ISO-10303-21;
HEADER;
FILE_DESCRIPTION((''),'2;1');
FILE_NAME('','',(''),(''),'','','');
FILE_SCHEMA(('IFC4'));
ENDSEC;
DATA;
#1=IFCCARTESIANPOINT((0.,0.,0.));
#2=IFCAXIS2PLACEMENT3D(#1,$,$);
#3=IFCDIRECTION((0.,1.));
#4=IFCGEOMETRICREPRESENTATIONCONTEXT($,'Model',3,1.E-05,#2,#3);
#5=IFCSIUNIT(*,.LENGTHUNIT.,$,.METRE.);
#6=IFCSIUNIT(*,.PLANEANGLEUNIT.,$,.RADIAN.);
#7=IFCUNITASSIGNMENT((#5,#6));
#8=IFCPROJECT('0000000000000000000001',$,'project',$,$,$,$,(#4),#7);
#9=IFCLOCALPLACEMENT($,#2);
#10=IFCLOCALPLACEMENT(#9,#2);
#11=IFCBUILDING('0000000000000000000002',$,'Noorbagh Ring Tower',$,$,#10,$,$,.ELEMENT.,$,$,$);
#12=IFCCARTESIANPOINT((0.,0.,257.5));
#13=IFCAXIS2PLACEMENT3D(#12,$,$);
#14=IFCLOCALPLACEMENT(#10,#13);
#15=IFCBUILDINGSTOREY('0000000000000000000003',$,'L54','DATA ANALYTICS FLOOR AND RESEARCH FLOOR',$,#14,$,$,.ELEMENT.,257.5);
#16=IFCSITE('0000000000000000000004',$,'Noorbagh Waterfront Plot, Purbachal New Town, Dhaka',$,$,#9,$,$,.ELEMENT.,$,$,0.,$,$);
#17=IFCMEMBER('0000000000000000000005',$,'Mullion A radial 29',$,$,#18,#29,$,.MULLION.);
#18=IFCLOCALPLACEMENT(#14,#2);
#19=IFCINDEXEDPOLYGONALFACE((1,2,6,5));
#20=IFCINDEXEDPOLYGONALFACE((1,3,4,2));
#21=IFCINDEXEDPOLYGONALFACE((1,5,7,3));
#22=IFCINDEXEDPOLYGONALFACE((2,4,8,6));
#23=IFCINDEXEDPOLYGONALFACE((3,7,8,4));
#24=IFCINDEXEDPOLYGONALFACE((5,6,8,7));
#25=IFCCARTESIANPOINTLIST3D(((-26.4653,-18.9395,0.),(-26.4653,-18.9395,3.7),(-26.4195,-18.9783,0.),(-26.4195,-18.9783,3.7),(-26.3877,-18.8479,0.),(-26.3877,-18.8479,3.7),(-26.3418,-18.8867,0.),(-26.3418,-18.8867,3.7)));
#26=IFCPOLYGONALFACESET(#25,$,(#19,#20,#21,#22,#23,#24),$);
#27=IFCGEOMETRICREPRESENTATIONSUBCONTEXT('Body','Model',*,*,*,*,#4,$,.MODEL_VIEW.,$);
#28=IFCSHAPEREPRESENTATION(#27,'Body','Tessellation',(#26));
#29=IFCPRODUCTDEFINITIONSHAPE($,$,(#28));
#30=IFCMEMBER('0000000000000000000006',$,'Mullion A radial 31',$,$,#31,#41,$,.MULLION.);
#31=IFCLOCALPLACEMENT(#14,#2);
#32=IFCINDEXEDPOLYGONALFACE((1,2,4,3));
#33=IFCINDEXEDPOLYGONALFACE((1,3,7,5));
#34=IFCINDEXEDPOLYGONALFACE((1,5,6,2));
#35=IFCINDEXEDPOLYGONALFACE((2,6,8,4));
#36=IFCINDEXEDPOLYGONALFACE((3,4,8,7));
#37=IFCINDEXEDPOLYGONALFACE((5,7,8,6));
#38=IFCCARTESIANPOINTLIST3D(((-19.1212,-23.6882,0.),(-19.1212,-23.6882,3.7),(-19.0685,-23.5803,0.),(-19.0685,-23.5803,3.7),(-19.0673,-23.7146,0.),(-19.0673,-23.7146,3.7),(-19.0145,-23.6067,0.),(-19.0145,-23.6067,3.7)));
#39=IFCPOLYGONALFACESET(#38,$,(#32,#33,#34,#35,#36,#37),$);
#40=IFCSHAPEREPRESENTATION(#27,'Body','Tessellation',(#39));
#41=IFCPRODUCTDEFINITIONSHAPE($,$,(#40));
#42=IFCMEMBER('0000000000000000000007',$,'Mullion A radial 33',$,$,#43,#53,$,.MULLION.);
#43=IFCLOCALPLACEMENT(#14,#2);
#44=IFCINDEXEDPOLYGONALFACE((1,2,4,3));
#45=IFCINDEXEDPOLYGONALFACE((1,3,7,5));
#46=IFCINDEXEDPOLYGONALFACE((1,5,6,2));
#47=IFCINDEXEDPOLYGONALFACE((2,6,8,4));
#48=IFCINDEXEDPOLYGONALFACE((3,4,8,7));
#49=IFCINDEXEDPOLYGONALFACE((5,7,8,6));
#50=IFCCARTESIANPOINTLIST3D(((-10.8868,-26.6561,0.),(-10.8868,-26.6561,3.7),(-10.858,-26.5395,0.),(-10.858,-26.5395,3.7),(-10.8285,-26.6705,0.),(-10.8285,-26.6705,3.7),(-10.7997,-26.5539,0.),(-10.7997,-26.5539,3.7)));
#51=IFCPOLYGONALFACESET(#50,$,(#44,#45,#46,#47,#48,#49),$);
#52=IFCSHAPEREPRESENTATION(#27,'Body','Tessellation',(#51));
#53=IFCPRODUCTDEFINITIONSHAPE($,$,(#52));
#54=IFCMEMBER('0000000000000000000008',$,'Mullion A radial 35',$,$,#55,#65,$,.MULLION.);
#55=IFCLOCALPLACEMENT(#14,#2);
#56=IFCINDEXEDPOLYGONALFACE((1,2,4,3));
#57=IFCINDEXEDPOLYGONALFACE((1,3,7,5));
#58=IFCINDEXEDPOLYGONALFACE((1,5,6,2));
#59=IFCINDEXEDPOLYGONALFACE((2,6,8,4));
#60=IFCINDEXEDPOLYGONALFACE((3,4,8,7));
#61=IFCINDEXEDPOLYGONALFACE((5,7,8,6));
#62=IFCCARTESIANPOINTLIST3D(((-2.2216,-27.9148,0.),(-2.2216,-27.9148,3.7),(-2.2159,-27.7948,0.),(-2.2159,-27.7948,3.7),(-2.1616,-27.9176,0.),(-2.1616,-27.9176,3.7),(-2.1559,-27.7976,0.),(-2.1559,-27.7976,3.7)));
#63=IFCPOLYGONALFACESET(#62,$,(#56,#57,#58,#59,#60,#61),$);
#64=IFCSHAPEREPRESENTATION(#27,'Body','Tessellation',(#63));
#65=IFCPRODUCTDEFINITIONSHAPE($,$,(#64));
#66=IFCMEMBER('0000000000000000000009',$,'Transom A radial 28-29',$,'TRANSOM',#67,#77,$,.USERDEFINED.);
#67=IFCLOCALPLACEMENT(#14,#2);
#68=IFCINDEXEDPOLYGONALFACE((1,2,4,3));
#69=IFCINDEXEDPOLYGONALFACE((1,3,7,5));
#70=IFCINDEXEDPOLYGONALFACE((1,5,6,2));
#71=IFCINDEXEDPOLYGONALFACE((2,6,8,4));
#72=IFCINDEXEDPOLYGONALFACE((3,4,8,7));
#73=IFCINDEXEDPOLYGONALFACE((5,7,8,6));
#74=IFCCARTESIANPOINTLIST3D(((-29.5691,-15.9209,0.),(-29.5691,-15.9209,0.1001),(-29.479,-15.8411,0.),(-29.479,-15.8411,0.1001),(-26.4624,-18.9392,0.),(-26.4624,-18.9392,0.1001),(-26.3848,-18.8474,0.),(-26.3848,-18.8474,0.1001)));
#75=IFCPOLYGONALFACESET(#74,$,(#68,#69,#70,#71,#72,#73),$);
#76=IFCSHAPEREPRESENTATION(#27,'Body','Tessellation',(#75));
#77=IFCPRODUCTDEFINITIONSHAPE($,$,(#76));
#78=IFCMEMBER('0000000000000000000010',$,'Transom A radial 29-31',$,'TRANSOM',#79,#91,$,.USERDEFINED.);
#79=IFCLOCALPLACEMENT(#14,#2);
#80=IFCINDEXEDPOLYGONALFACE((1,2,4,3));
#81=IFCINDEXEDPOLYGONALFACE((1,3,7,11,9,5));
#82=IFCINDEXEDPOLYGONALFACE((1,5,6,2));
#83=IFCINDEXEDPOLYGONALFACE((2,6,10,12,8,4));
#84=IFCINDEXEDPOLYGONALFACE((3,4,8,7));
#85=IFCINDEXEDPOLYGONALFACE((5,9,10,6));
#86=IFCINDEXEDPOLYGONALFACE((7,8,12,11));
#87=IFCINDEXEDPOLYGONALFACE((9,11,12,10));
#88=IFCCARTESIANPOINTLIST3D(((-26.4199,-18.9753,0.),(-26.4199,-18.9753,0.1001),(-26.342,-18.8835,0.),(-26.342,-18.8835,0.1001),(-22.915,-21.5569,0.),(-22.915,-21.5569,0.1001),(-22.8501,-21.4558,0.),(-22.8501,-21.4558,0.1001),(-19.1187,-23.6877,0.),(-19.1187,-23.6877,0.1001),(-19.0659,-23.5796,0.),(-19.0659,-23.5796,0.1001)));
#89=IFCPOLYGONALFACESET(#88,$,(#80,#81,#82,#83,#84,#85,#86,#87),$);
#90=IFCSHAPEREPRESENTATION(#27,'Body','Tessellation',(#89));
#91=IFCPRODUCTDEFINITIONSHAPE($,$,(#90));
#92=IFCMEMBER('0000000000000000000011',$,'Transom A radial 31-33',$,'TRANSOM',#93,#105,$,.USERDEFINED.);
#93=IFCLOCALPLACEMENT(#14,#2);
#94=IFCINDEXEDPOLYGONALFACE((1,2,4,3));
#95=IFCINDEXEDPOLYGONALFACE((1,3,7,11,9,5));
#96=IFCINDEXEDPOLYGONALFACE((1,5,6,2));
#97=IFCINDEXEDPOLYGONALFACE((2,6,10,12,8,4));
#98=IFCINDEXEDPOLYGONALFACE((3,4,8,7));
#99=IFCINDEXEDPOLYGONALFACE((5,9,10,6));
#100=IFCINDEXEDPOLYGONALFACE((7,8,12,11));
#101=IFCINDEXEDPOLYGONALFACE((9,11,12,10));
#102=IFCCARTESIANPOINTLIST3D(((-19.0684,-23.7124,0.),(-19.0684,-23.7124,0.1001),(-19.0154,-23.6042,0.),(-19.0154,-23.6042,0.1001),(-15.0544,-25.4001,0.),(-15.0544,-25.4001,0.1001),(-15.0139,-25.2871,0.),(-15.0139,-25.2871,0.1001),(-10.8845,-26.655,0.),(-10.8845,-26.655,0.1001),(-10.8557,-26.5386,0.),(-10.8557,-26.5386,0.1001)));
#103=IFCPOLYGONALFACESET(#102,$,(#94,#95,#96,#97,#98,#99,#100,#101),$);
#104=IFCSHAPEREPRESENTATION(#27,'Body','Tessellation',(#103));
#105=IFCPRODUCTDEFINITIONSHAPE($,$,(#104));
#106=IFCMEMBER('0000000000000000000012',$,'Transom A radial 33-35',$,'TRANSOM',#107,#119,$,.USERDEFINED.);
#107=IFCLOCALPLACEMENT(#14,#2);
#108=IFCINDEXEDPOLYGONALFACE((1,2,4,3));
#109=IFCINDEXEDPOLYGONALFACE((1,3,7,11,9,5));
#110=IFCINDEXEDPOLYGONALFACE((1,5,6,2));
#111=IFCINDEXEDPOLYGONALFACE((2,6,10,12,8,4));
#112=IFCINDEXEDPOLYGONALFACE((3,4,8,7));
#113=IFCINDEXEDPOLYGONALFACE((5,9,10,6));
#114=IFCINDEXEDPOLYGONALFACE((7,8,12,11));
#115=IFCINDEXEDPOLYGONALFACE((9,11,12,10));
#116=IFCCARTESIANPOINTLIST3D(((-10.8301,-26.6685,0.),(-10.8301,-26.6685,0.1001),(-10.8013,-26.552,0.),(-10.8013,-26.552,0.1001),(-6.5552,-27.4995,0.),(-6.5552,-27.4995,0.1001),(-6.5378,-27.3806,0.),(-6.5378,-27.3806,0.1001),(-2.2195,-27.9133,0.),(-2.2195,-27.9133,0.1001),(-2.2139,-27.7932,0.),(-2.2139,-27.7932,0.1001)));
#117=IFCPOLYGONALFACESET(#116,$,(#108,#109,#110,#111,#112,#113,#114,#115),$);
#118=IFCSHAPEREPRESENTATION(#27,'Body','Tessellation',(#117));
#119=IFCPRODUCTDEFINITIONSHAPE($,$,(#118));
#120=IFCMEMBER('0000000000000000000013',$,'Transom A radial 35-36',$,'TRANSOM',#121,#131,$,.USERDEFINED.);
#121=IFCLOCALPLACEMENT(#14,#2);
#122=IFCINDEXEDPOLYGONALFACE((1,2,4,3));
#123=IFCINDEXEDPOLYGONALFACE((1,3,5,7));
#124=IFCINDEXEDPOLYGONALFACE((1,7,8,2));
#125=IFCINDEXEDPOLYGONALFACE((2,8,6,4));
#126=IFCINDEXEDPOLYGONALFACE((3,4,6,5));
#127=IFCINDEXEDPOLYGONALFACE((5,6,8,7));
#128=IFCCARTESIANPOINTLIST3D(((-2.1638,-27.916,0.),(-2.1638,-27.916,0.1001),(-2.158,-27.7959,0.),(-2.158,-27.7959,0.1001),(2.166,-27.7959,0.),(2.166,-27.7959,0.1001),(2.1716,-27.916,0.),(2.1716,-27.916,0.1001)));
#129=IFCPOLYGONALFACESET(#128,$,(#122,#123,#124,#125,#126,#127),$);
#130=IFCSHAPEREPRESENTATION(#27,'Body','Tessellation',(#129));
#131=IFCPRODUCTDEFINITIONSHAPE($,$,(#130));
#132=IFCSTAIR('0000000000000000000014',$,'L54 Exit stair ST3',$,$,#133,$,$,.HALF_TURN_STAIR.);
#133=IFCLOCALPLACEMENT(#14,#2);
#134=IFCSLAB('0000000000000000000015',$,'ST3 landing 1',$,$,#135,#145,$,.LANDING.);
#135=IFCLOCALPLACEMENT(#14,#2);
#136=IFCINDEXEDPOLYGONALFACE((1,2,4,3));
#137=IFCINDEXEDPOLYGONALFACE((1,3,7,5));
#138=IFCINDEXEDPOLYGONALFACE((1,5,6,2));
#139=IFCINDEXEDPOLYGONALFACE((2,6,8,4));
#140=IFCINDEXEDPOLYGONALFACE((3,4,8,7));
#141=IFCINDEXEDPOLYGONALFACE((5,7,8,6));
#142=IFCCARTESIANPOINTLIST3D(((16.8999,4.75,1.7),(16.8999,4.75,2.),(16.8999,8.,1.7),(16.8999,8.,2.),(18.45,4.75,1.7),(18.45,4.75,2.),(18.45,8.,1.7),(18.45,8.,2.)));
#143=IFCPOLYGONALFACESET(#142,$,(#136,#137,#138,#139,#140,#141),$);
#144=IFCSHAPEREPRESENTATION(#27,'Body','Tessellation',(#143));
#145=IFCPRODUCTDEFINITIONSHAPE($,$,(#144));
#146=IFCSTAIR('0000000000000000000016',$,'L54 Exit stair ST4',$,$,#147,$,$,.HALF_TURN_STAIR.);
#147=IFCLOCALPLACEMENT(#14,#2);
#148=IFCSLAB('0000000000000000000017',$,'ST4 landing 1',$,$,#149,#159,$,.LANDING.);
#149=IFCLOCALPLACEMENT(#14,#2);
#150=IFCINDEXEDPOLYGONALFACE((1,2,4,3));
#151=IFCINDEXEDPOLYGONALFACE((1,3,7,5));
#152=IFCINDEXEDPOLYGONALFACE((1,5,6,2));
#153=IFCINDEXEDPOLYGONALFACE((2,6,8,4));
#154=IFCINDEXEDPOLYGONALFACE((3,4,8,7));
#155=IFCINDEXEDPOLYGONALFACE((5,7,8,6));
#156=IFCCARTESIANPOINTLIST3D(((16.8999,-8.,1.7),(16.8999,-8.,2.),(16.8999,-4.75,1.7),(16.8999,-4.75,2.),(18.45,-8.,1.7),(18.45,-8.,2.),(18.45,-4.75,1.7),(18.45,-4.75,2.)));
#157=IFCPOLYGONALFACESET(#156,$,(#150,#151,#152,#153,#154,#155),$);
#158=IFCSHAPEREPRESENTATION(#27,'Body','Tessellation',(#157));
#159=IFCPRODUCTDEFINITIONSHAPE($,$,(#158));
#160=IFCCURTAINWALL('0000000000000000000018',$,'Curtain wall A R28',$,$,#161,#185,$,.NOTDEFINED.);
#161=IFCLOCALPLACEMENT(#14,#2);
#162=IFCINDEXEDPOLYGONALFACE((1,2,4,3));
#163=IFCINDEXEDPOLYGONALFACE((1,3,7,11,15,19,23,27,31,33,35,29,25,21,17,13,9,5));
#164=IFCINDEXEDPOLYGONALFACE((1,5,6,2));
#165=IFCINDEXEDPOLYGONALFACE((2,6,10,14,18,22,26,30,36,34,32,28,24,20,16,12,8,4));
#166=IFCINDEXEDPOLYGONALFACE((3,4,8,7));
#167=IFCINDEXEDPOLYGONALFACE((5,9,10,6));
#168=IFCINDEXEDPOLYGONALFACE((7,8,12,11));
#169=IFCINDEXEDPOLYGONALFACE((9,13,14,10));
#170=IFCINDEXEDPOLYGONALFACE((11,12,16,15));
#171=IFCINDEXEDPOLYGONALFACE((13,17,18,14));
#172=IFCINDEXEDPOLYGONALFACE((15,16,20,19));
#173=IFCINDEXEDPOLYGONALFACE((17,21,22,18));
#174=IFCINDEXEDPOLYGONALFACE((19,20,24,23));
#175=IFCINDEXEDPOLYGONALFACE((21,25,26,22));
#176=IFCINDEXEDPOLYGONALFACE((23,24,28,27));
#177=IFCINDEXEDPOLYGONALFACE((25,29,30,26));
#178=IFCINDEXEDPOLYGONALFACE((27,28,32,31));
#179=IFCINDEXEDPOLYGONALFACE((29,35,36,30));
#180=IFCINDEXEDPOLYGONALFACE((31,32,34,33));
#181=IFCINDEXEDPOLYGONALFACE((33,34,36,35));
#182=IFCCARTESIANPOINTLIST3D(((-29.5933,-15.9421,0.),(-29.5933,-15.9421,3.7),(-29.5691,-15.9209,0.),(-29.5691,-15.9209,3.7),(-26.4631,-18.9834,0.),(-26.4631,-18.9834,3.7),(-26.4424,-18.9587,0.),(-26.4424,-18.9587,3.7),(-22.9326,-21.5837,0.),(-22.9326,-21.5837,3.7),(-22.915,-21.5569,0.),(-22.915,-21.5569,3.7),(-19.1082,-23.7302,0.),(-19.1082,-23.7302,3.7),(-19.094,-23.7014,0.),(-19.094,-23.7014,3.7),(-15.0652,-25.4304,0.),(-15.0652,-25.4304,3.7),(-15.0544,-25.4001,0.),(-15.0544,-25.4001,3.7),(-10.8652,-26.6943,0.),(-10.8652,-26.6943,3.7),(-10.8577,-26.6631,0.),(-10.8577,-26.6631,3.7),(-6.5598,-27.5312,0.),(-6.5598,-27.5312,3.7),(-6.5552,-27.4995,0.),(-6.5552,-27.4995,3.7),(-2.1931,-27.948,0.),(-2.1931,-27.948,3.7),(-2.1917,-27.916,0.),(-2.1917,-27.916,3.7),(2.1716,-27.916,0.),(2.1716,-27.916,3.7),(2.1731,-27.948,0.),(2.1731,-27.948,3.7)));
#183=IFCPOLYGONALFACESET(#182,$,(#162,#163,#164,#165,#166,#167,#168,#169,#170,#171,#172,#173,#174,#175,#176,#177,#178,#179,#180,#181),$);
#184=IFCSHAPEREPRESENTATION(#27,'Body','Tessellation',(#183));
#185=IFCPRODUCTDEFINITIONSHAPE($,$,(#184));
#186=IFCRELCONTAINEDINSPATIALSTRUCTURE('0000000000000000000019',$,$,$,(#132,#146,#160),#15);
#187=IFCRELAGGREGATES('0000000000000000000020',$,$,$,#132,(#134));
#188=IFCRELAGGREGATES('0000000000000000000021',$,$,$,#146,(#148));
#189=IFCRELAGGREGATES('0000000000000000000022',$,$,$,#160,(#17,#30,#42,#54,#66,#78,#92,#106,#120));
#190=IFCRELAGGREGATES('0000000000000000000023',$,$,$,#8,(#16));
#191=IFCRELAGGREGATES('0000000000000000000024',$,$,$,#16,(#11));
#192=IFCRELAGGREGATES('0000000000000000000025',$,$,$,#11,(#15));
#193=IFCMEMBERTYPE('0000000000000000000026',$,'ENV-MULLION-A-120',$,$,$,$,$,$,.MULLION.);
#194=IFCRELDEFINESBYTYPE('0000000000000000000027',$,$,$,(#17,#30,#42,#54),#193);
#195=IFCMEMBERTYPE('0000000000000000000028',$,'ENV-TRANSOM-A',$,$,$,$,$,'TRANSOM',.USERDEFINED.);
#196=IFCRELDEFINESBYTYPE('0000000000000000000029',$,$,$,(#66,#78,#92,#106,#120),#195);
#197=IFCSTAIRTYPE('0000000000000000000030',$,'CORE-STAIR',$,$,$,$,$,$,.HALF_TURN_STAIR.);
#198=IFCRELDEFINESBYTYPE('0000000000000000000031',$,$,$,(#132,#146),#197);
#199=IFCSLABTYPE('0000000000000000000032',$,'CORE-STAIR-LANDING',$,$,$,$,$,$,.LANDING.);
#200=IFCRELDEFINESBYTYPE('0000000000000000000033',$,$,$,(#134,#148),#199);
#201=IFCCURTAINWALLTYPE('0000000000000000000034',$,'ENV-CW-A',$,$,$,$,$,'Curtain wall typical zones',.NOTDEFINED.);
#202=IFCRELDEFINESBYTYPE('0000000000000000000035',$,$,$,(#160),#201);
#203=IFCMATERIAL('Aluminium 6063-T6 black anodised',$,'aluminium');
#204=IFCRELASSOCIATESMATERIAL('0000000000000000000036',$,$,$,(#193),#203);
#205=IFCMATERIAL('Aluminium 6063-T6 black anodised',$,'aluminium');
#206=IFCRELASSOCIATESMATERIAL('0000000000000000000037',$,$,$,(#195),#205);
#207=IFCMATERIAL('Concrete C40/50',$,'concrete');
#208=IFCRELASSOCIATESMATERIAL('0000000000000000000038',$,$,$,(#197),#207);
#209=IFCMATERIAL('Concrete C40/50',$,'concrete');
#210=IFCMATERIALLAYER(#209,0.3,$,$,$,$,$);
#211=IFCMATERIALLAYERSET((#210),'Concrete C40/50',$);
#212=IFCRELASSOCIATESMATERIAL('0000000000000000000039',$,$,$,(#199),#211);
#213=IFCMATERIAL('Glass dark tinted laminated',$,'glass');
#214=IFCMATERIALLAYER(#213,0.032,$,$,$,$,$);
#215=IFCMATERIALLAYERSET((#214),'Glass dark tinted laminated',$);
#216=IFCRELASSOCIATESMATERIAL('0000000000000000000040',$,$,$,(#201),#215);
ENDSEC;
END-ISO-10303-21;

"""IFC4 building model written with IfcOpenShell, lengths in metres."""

from ifc_helpers import new_model, si_unit, direction, frame, origin, origin_2d, place, context, subcontext, project, spatial, polyline, rectangle, outline, extrude, material, layer, layer_set, material_profile, profile_set, type_object, element, aggregate, save


model = new_model("IFC4")

# Units and contexts
model_context = context("Model", 3, precision=1e-05, world=origin(), true_north=direction((0.0, 1.0)))
body_context = subcontext(model_context, "Body", "Model", "MODEL_VIEW")
ifc_project = project(units=[si_unit("LENGTHUNIT", "METRE"), si_unit("PLANEANGLEUNIT", "RADIAN")], contexts=[model_context])

# Members
ifc_material_1 = material(Name="Aluminium 6063-T6 black anodised", Category="aluminium")
ifc_material_profile = material_profile(ifc_material_1, rectangle(XDim=0.1201, YDim=0.0601, at=origin_2d()), Name="120x60")
ifc_profile_set = profile_set([ifc_material_profile], Name="Aluminium 6063-T6 black anodised")
member_type_1 = type_object("IfcMemberType", Name="ENV-MULLION-A-120", PredefinedType="MULLION", material=ifc_profile_set)
site_placement = place(None, origin())
building_placement = place(site_placement, origin())
storey_placement = place(building_placement, frame((0.0, 0.0, 257.5)))
member_1_placement = place(storey_placement, frame((-26.4036, -18.9131, 0.0), z_axis=(0.0, 0.0, 1.0), x_axis=(0.646451, 0.762955, 0.0)))
member_1 = element("IfcMember", 1, at=member_1_placement, type_object=member_type_1, Name="Mullion A radial 29", PredefinedType="MULLION", context=body_context, shape_type="SweptSolid", body=[
    extrude(rectangle(XDim=0.1201, YDim=0.0601, at=origin_2d()), origin(), (0.0, 0.0, 1.0), 3.7),
])
member_2_placement = place(storey_placement, frame((-19.0679, -23.6475, 0.0), z_axis=(0.0, 0.0, 1.0), x_axis=(0.439238, 0.898371, 0.0)))
member_2 = element("IfcMember", 2, at=member_2_placement, type_object=member_type_1, Name="Mullion A radial 31", PredefinedType="MULLION", context=body_context, shape_type="SweptSolid", body=[
    extrude(rectangle(XDim=0.1201, YDim=0.0601, at=origin_2d()), origin(), (0.0, 0.0, 1.0), 3.7),
])
member_3_placement = place(storey_placement, frame((-10.8433, -26.605, 0.0), z_axis=(0.0, 0.0, 1.0), x_axis=(0.239799, 0.970823, 0.0)))
member_3 = element("IfcMember", 3, at=member_3_placement, type_object=member_type_1, Name="Mullion A radial 33", PredefinedType="MULLION", context=body_context, shape_type="SweptSolid", body=[
    extrude(rectangle(XDim=0.1201, YDim=0.0601, at=origin_2d()), origin(), (0.0, 0.0, 1.0), 3.7),
])
member_4_placement = place(storey_placement, frame((-2.1887, -27.8562, 0.0), z_axis=(0.0, 0.0, 1.0), x_axis=(0.047558, 0.998868, 0.0)))
member_4 = element("IfcMember", 4, at=member_4_placement, type_object=member_type_1, Name="Mullion A radial 35", PredefinedType="MULLION", context=body_context, shape_type="SweptSolid", body=[
    extrude(rectangle(XDim=0.1201, YDim=0.0601, at=origin_2d()), origin(), (0.0, 0.0, 1.0), 3.7),
])
ifc_material_2 = material(Name="Aluminium 6063-T6 black anodised", Category="aluminium")
member_type_2 = type_object("IfcMemberType", Name="ENV-TRANSOM-A", ElementType="TRANSOM", PredefinedType="USERDEFINED", material=ifc_material_2)
member_5_placement = place(storey_placement, origin())
member_5 = element("IfcMember", 5, at=member_5_placement, type_object=member_type_2, Name="Transom A radial 28-29", ObjectType="TRANSOM", PredefinedType="USERDEFINED", context=body_context, shape_type="SweptSolid", body=[
    extrude(outline(polyline([(-29.5691, -15.9209), (-26.4624, -18.9392), (-26.3848, -18.8474), (-29.479, -15.8411), (-29.5691, -15.9209)])), origin(), (0.0, 0.0, 1.0), 0.1001),
])
member_6_placement = place(storey_placement, origin())
member_6 = element("IfcMember", 6, at=member_6_placement, type_object=member_type_2, Name="Transom A radial 29-31", ObjectType="TRANSOM", PredefinedType="USERDEFINED", context=body_context, shape_type="SweptSolid", body=[
    extrude(outline(polyline([(-26.4199, -18.9753), (-22.915, -21.5569), (-19.1187, -23.6877), (-19.0659, -23.5796), (-22.8501, -21.4558), (-26.342, -18.8835), (-26.4199, -18.9753)])), origin(), (0.0, 0.0, 1.0), 0.1001),
])
member_7_placement = place(storey_placement, origin())
member_7 = element("IfcMember", 7, at=member_7_placement, type_object=member_type_2, Name="Transom A radial 31-33", ObjectType="TRANSOM", PredefinedType="USERDEFINED", context=body_context, shape_type="SweptSolid", body=[
    extrude(outline(polyline([(-19.0684, -23.7124), (-15.0544, -25.4001), (-10.8845, -26.655), (-10.8557, -26.5386), (-15.0139, -25.2871), (-19.0154, -23.6042), (-19.0684, -23.7124)])), origin(), (0.0, 0.0, 1.0), 0.1001),
])
member_8_placement = place(storey_placement, origin())
member_8 = element("IfcMember", 8, at=member_8_placement, type_object=member_type_2, Name="Transom A radial 33-35", ObjectType="TRANSOM", PredefinedType="USERDEFINED", context=body_context, shape_type="SweptSolid", body=[
    extrude(outline(polyline([(-10.8301, -26.6685), (-6.5552, -27.4995), (-2.2195, -27.9133), (-2.2139, -27.7932), (-6.5378, -27.3806), (-10.8013, -26.552), (-10.8301, -26.6685)])), origin(), (0.0, 0.0, 1.0), 0.1001),
])
member_9_placement = place(storey_placement, origin())
member_9 = element("IfcMember", 9, at=member_9_placement, type_object=member_type_2, Name="Transom A radial 35-36", ObjectType="TRANSOM", PredefinedType="USERDEFINED", context=body_context, shape_type="SweptSolid", body=[
    extrude(outline(polyline([(-2.1638, -27.916), (2.1716, -27.916), (2.166, -27.7959), (-2.158, -27.7959), (-2.1638, -27.916)])), origin(), (0.0, 0.0, 1.0), 0.1001),
])

# Site, building, storey
site = spatial("IfcSite", under=ifc_project, at=site_placement, Name="Noorbagh Waterfront Plot, Purbachal New Town, Dhaka", CompositionType="ELEMENT", RefElevation=0.0)
building = spatial("IfcBuilding", under=site, at=building_placement, Name="Noorbagh Ring Tower", CompositionType="ELEMENT")
storey = spatial("IfcBuildingStorey", under=building, at=storey_placement, Name="L54", Description="DATA ANALYTICS FLOOR AND RESEARCH FLOOR", CompositionType="ELEMENT", Elevation=257.5)

# Stairs, slabs
ifc_material_3 = material(Name="Concrete C40/50", Category="concrete")
stair_type = type_object("IfcStairType", Name="CORE-STAIR", PredefinedType="HALF_TURN_STAIR", material=ifc_material_3)
stair_1_placement = place(storey_placement, origin())
stair_1 = element("IfcStair", 10, at=stair_1_placement, inside=storey, type_object=stair_type, Name="L54 Exit stair ST3", PredefinedType="HALF_TURN_STAIR")
ifc_material_4 = material(Name="Concrete C40/50", Category="concrete")
ifc_layer_1 = layer(ifc_material_4, 0.3)
ifc_layer_set_1 = layer_set([ifc_layer_1], Name="Concrete C40/50")
slab_type = type_object("IfcSlabType", Name="CORE-STAIR-LANDING", PredefinedType="LANDING", material=ifc_layer_set_1)
slab_1_placement = place(storey_placement, frame((0.0, 0.0, 1.7)))
slab_1 = element("IfcSlab", 11, at=slab_1_placement, type_object=slab_type, Name="ST3 landing 1", PredefinedType="LANDING", context=body_context, shape_type="SweptSolid", body=[
    extrude(outline(polyline([(18.45, 8.0), (16.8999, 8.0), (16.8999, 4.75), (18.45, 4.75), (18.45, 8.0)])), origin(), (0.0, 0.0, 1.0), 0.3),
])
aggregate(stair_1, [slab_1])
stair_2_placement = place(storey_placement, origin())
stair_2 = element("IfcStair", 12, at=stair_2_placement, inside=storey, type_object=stair_type, Name="L54 Exit stair ST4", PredefinedType="HALF_TURN_STAIR")
slab_2_placement = place(storey_placement, frame((0.0, 0.0, 1.7)))
slab_2 = element("IfcSlab", 13, at=slab_2_placement, type_object=slab_type, Name="ST4 landing 1", PredefinedType="LANDING", context=body_context, shape_type="SweptSolid", body=[
    extrude(outline(polyline([(18.45, -4.75), (16.8999, -4.75), (16.8999, -8.0), (18.45, -8.0), (18.45, -4.75)])), origin(), (0.0, 0.0, 1.0), 0.3),
])
aggregate(stair_2, [slab_2])

# Curtain wall
ifc_material_5 = material(Name="Glass dark tinted laminated", Category="glass")
ifc_layer_2 = layer(ifc_material_5, 0.032)
ifc_layer_set_2 = layer_set([ifc_layer_2], Name="Glass dark tinted laminated")
curtain_wall_type = type_object("IfcCurtainWallType", Name="ENV-CW-A", ElementType="Curtain wall typical zones", PredefinedType="NOTDEFINED", material=ifc_layer_set_2)
curtain_wall_1_placement = place(storey_placement, origin())
curtain_wall_1 = element("IfcCurtainWall", 14, at=curtain_wall_1_placement, inside=storey, type_object=curtain_wall_type, Name="Curtain wall A R28", PredefinedType="NOTDEFINED", context=body_context, shape_type="SweptSolid", body=[
    extrude(outline(polyline([(-29.5933, -15.9421), (-26.4631, -18.9834), (-22.9326, -21.5837), (-19.1082, -23.7302), (-15.0652, -25.4304), (-10.8652, -26.6943), (-6.5598, -27.5312), (-2.1931, -27.948), (2.1731, -27.948), (2.1716, -27.916), (-2.1917, -27.916), (-6.5552, -27.4995), (-10.8577, -26.6631), (-15.0544, -25.4001), (-19.094, -23.7014), (-22.915, -21.5569), (-26.4424, -18.9587), (-29.5691, -15.9209), (-29.5933, -15.9421)])), origin(), (0.0, 0.0, 1.0), 3.7),
])
aggregate(curtain_wall_1, [member_1, member_2, member_3, member_4, member_5, member_6, member_7, member_8, member_9])

save(model, "model.ifc")
